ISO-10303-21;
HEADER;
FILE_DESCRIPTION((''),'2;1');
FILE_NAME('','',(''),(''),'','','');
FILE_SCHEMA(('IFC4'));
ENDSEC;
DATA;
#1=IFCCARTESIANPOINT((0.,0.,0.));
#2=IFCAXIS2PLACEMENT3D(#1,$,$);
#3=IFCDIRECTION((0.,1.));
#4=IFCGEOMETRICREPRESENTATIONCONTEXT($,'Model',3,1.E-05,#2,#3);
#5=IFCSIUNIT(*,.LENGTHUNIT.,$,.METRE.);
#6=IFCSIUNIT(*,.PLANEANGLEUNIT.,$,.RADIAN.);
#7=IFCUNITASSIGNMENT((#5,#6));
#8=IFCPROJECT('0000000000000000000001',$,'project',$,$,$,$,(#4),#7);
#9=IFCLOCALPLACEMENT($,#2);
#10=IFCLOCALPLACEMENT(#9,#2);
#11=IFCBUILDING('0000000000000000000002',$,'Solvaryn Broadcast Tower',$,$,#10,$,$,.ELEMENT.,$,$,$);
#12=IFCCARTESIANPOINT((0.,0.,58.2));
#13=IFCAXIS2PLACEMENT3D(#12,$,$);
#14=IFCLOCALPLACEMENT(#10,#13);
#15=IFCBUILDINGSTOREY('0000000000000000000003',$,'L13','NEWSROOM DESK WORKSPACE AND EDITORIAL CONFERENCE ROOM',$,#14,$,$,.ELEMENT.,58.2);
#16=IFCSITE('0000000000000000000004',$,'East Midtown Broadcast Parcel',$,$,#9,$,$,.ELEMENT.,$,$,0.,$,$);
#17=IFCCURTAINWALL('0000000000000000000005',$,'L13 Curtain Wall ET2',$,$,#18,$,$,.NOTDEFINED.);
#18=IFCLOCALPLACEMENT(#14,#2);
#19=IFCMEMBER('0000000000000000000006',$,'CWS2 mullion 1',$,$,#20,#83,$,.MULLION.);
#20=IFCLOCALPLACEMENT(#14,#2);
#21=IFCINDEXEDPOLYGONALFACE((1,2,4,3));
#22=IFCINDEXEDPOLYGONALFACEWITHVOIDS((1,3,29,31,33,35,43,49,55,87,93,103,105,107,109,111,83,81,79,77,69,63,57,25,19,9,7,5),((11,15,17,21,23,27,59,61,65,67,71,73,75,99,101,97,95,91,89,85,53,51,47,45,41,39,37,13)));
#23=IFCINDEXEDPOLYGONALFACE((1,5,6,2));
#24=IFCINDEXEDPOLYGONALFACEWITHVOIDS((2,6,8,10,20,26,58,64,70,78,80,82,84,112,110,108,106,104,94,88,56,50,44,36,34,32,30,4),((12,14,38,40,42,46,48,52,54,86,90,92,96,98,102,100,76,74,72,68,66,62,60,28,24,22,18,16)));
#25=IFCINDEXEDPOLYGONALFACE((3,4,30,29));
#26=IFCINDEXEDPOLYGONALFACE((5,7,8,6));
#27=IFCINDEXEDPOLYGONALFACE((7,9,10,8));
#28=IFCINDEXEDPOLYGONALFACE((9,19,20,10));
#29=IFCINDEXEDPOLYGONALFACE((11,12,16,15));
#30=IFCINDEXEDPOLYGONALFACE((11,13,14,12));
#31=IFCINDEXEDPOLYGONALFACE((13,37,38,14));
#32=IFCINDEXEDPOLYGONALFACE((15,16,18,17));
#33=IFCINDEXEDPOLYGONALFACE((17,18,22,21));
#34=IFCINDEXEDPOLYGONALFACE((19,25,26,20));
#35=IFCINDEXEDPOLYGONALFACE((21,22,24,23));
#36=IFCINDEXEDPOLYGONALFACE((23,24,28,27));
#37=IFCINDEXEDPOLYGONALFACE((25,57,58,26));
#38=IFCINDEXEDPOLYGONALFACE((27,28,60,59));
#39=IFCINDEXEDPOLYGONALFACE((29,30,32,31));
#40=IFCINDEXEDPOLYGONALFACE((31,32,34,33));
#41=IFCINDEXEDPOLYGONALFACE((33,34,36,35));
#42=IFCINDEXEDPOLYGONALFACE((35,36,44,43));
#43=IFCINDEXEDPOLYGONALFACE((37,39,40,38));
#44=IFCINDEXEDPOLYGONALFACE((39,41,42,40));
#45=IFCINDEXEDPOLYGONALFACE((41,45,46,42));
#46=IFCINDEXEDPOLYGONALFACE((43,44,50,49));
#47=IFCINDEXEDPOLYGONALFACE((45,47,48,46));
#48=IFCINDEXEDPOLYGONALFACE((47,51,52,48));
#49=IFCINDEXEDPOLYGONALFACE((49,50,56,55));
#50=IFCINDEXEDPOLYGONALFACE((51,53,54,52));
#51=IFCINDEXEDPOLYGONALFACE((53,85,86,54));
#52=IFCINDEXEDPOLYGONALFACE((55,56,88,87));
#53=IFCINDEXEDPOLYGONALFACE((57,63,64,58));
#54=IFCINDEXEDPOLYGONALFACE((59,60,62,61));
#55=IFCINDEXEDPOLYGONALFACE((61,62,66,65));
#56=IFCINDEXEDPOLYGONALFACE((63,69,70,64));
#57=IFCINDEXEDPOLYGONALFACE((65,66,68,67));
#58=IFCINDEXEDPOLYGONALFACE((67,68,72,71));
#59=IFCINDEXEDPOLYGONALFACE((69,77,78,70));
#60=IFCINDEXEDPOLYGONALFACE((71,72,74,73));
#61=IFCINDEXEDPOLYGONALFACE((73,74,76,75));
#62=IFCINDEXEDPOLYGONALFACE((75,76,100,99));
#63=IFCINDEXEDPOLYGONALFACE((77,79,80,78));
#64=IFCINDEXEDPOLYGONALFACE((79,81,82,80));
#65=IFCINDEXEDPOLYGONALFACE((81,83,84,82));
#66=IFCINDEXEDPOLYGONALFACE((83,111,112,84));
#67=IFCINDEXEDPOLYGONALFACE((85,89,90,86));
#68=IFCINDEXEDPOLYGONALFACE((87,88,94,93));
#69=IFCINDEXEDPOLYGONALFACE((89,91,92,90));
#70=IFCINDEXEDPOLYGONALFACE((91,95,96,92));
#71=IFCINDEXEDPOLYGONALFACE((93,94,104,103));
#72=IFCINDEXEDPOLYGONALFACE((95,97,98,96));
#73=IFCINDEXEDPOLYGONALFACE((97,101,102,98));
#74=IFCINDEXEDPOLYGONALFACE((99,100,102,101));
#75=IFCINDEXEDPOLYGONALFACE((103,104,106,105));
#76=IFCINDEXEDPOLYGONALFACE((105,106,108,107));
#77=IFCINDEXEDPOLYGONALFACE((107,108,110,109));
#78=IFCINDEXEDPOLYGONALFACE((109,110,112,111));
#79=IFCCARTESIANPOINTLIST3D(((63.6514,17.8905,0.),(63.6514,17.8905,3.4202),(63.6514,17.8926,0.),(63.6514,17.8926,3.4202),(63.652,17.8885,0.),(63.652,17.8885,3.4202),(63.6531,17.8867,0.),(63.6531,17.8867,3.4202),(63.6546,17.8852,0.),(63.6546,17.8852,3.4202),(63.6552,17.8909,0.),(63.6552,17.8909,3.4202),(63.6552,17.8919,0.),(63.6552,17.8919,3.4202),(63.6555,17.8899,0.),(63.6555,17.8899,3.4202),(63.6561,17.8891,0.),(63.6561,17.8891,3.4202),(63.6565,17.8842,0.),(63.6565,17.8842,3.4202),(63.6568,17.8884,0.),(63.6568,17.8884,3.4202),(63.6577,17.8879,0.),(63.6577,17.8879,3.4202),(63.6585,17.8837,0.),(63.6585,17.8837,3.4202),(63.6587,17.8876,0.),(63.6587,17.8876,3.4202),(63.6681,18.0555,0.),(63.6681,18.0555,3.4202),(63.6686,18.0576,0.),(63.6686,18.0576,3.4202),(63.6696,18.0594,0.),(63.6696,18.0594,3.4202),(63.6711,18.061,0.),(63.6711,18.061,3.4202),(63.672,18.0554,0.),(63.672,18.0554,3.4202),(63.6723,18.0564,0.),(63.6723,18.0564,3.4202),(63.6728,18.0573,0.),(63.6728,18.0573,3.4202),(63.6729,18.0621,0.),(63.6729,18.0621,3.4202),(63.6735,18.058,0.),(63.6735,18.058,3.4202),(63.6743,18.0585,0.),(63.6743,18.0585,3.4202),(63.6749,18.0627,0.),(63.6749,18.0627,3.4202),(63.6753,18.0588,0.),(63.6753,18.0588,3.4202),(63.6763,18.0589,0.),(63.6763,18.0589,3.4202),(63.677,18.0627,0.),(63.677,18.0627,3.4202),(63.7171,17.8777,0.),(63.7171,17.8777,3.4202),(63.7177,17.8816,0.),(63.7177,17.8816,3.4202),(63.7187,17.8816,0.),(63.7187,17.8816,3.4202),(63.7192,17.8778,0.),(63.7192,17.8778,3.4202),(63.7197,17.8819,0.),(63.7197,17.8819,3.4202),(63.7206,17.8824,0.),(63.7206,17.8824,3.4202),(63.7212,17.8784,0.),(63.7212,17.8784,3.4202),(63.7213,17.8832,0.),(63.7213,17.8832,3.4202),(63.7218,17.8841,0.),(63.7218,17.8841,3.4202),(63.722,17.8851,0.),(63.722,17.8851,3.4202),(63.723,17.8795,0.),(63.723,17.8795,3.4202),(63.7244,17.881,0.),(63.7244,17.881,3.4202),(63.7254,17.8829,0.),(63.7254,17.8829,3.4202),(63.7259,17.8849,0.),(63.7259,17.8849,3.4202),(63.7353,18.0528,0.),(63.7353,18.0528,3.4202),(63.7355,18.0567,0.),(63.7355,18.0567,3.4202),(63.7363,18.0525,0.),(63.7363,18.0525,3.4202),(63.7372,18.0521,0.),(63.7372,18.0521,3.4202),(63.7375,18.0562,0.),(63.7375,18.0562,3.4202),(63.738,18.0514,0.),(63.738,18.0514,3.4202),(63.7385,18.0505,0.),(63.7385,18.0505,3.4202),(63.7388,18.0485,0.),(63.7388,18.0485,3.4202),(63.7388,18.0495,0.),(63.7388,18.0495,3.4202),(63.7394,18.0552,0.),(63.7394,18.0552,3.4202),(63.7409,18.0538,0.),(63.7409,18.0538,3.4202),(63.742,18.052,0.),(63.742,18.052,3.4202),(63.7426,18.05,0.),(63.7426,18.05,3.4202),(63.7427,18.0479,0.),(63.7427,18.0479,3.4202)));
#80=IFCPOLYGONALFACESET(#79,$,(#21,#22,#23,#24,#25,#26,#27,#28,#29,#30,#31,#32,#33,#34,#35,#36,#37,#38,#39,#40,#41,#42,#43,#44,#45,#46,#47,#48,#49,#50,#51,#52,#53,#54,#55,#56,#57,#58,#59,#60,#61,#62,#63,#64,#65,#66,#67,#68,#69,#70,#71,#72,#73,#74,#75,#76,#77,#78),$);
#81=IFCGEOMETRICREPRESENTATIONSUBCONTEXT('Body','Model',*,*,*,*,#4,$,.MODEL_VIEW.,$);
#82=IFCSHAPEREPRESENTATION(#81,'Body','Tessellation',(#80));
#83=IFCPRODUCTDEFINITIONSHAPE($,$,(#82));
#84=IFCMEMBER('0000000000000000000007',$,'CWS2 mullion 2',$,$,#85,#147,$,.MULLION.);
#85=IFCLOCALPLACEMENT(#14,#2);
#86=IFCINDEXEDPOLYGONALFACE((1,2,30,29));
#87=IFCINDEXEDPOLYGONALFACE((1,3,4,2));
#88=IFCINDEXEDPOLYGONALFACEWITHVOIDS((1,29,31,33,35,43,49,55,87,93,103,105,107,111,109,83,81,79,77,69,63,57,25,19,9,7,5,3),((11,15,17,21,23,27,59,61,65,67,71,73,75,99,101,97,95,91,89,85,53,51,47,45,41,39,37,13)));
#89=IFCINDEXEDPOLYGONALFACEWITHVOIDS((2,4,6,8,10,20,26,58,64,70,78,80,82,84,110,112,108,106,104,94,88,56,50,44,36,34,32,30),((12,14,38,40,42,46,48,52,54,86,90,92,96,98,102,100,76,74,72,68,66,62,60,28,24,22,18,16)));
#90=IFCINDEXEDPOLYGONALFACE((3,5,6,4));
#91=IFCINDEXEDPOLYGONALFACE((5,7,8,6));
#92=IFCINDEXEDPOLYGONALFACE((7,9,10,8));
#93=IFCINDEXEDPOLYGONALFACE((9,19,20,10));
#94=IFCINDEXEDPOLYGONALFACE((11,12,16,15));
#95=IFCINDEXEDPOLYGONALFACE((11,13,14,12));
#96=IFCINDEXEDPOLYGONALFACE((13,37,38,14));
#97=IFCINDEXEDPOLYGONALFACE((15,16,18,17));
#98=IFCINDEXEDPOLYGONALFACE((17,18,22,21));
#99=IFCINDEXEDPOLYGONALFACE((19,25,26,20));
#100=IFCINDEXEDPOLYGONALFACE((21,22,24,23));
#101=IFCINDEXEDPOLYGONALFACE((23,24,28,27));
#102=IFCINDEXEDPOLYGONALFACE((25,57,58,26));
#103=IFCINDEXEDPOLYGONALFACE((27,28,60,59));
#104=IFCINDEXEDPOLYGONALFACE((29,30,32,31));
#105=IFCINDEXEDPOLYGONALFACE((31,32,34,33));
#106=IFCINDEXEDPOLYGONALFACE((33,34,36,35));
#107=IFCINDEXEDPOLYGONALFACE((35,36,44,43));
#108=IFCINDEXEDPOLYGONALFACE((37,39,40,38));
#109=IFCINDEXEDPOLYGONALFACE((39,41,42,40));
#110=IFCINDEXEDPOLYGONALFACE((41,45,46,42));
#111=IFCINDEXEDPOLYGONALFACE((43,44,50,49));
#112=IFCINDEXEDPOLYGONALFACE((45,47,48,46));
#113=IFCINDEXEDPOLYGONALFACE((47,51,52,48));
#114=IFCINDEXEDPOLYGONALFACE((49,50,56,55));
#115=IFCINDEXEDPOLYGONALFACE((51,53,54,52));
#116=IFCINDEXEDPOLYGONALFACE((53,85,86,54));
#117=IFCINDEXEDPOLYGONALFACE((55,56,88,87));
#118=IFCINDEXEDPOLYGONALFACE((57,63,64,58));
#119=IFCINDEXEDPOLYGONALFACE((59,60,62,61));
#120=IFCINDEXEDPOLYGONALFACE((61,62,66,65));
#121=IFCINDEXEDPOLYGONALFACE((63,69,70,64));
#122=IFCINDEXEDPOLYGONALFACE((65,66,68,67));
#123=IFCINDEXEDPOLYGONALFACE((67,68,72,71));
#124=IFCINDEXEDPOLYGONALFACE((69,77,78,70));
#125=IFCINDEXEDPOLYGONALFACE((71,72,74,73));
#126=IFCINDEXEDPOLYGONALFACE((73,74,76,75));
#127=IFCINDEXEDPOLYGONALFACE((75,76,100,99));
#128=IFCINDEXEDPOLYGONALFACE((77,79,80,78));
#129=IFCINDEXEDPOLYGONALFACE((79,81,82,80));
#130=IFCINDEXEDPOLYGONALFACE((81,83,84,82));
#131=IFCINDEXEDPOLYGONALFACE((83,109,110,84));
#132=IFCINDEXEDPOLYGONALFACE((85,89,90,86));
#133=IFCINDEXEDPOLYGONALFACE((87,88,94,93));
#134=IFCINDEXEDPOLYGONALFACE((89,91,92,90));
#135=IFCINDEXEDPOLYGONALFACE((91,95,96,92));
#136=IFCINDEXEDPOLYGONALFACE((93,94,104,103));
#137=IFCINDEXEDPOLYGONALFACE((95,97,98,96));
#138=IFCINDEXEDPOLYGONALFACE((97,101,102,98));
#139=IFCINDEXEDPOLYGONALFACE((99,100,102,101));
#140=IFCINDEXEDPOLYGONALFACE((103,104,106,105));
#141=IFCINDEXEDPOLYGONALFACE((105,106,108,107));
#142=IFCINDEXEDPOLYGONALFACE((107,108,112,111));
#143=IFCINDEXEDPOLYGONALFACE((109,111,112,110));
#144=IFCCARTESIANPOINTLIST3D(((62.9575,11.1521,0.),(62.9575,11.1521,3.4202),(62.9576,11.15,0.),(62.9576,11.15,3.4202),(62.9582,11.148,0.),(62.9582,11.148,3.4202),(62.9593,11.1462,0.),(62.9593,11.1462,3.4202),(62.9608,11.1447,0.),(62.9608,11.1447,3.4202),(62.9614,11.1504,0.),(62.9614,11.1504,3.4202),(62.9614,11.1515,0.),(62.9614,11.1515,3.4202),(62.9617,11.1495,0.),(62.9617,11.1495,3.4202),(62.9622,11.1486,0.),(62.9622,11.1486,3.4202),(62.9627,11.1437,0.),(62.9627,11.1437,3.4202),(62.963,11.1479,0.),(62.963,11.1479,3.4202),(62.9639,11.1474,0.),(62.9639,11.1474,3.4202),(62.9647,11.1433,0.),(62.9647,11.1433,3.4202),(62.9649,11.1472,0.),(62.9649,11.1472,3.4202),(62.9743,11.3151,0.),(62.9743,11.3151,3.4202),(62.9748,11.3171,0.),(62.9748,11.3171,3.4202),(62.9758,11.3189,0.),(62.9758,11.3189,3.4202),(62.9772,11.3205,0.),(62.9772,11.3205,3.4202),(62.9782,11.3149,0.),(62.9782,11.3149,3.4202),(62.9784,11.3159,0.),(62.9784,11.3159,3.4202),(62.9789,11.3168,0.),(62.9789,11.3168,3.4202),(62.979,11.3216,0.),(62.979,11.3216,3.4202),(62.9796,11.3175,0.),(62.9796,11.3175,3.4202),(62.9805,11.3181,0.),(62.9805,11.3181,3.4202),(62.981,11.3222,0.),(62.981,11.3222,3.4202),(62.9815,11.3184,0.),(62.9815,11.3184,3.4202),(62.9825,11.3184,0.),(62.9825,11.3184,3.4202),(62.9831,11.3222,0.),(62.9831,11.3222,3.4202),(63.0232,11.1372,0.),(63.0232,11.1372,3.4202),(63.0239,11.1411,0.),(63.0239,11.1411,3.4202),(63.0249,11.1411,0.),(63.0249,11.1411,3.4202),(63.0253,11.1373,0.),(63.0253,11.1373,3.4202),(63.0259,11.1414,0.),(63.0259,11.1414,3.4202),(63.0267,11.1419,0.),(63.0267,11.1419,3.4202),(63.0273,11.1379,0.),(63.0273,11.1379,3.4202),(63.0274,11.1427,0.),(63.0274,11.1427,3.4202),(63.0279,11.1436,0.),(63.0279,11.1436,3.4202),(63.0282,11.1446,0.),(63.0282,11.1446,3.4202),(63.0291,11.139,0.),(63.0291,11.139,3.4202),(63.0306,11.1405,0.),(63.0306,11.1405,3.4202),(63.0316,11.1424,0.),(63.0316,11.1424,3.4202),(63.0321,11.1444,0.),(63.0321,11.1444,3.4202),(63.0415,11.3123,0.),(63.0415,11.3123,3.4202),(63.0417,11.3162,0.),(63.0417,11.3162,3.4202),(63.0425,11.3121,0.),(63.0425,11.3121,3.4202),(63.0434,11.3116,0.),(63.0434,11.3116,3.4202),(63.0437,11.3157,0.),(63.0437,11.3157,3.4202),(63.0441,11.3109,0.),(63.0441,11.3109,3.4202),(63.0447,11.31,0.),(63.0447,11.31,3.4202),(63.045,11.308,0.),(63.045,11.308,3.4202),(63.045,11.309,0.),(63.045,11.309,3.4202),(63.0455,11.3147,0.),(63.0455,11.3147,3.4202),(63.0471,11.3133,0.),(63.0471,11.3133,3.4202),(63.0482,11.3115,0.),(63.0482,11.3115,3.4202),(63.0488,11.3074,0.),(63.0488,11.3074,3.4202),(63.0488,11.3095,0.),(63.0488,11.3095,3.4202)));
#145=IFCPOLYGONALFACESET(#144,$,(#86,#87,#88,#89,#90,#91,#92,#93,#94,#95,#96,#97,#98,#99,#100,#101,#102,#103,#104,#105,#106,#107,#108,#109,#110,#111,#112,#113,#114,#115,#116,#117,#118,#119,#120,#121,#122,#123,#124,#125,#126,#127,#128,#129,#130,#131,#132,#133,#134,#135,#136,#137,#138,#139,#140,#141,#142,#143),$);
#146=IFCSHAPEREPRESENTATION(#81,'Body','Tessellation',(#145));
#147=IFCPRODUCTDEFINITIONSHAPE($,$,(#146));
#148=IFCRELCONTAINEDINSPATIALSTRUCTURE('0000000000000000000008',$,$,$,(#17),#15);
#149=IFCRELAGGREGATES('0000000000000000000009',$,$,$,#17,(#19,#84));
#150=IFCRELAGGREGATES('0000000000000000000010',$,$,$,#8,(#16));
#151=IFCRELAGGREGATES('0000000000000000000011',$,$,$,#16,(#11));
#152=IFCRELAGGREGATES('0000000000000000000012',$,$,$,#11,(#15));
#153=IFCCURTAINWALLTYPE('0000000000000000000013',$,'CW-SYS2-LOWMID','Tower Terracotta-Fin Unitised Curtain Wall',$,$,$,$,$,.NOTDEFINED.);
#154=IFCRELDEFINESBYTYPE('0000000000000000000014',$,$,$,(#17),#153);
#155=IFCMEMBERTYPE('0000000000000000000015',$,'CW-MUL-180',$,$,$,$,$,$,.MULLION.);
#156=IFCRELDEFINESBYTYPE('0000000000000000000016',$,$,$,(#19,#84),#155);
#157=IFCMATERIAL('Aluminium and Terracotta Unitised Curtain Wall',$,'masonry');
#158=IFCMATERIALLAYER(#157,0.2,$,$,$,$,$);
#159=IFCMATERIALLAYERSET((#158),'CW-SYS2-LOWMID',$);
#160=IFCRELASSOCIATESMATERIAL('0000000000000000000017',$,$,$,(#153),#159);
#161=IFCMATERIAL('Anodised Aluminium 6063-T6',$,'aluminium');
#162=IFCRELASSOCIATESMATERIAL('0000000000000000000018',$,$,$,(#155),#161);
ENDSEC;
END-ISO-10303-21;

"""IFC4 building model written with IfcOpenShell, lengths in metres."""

from ifc_helpers import new_model, si_unit, direction, frame, origin, origin_2d, place, context, subcontext, project, spatial, hollow_rectangle, extrude, material, layer, layer_set, material_profile, profile_set, type_object, element, aggregate, save


model = new_model("IFC4")

# Units and contexts
model_context = context("Model", 3, precision=1e-05, world=origin(), true_north=direction((0.0, 1.0)))
body_context = subcontext(model_context, "Body", "Model", "MODEL_VIEW")
ifc_project = project(units=[si_unit("LENGTHUNIT", "METRE"), si_unit("PLANEANGLEUNIT", "RADIAN")], contexts=[model_context])

# Site, building, storey
site_placement = place(None, origin())
site = spatial("IfcSite", under=ifc_project, at=site_placement, Name="East Midtown Broadcast Parcel", CompositionType="ELEMENT", RefElevation=0.0)
building_placement = place(site_placement, origin())
building = spatial("IfcBuilding", under=site, at=building_placement, Name="Solvaryn Broadcast Tower", CompositionType="ELEMENT")
storey_placement = place(building_placement, frame((0.0, 0.0, 58.2)))
storey = spatial("IfcBuildingStorey", under=building, at=storey_placement, Name="L13", Description="NEWSROOM DESK WORKSPACE AND EDITORIAL CONFERENCE ROOM", CompositionType="ELEMENT", Elevation=58.2)

# Shared definitions
ifc_material_1 = material(Name="Aluminium and Terracotta Unitised Curtain Wall", Category="masonry")
ifc_layer_1 = layer(ifc_material_1, 0.2)
ifc_layer_set_1 = layer_set([ifc_layer_1], Name="CW-SYS2-LOWMID")
curtain_wall_type = type_object("IfcCurtainWallType", Name="CW-SYS2-LOWMID", Description="Tower Terracotta-Fin Unitised Curtain Wall", PredefinedType="NOTDEFINED", material=ifc_layer_set_1)
ifc_material_2 = material(Name="Anodised Aluminium 6063-T6", Category="aluminium")
ifc_material_profile_1 = material_profile(ifc_material_2, hollow_rectangle(XDim=0.075, YDim=0.1799, WallThickness=0.0039, InnerFilletRadius=0.0039, OuterFilletRadius=0.0081, at=origin_2d()))
ifc_profile_set_1 = profile_set([ifc_material_profile_1], Name="Anodised Aluminium 6063-T6")
member_type_1 = type_object("IfcMemberType", Name="CW-MUL-180", PredefinedType="MULLION", material=ifc_profile_set_1)

# Curtain wall, members
curtain_wall_1_placement = place(storey_placement, origin())
curtain_wall_1 = element("IfcCurtainWall", 1, at=curtain_wall_1_placement, inside=storey, type_object=curtain_wall_type, Name="L13 Curtain Wall ET2", PredefinedType="NOTDEFINED")
member_1_placement = place(storey_placement, frame((63.697, 17.9702, 0.0), z_axis=(0.0, 0.0, 1.0), x_axis=(0.994743, -0.1024, 0.0)))
member_1 = element("IfcMember", 2, at=member_1_placement, type_object=member_type_1, Name="CWS2 mullion 1", PredefinedType="MULLION", context=body_context, shape_type="SweptSolid", body=[
    extrude(hollow_rectangle(XDim=0.075, YDim=0.1799, WallThickness=0.0039, InnerFilletRadius=0.0039, OuterFilletRadius=0.0081, at=origin_2d()), origin(), (0.0, 0.0, 1.0), 3.4202),
])
member_2_placement = place(storey_placement, frame((63.0032, 11.2297, 0.0), z_axis=(0.0, 0.0, 1.0), x_axis=(0.994743, -0.1024, 0.0)))
member_2 = element("IfcMember", 3, at=member_2_placement, type_object=member_type_1, Name="CWS2 mullion 2", PredefinedType="MULLION", context=body_context, shape_type="SweptSolid", body=[
    extrude(hollow_rectangle(XDim=0.075, YDim=0.1799, WallThickness=0.0039, InnerFilletRadius=0.0039, OuterFilletRadius=0.0081, at=origin_2d()), origin(), (0.0, 0.0, 1.0), 3.4202),
])
aggregate(curtain_wall_1, [member_1, member_2])

save(model, "model.ifc")
